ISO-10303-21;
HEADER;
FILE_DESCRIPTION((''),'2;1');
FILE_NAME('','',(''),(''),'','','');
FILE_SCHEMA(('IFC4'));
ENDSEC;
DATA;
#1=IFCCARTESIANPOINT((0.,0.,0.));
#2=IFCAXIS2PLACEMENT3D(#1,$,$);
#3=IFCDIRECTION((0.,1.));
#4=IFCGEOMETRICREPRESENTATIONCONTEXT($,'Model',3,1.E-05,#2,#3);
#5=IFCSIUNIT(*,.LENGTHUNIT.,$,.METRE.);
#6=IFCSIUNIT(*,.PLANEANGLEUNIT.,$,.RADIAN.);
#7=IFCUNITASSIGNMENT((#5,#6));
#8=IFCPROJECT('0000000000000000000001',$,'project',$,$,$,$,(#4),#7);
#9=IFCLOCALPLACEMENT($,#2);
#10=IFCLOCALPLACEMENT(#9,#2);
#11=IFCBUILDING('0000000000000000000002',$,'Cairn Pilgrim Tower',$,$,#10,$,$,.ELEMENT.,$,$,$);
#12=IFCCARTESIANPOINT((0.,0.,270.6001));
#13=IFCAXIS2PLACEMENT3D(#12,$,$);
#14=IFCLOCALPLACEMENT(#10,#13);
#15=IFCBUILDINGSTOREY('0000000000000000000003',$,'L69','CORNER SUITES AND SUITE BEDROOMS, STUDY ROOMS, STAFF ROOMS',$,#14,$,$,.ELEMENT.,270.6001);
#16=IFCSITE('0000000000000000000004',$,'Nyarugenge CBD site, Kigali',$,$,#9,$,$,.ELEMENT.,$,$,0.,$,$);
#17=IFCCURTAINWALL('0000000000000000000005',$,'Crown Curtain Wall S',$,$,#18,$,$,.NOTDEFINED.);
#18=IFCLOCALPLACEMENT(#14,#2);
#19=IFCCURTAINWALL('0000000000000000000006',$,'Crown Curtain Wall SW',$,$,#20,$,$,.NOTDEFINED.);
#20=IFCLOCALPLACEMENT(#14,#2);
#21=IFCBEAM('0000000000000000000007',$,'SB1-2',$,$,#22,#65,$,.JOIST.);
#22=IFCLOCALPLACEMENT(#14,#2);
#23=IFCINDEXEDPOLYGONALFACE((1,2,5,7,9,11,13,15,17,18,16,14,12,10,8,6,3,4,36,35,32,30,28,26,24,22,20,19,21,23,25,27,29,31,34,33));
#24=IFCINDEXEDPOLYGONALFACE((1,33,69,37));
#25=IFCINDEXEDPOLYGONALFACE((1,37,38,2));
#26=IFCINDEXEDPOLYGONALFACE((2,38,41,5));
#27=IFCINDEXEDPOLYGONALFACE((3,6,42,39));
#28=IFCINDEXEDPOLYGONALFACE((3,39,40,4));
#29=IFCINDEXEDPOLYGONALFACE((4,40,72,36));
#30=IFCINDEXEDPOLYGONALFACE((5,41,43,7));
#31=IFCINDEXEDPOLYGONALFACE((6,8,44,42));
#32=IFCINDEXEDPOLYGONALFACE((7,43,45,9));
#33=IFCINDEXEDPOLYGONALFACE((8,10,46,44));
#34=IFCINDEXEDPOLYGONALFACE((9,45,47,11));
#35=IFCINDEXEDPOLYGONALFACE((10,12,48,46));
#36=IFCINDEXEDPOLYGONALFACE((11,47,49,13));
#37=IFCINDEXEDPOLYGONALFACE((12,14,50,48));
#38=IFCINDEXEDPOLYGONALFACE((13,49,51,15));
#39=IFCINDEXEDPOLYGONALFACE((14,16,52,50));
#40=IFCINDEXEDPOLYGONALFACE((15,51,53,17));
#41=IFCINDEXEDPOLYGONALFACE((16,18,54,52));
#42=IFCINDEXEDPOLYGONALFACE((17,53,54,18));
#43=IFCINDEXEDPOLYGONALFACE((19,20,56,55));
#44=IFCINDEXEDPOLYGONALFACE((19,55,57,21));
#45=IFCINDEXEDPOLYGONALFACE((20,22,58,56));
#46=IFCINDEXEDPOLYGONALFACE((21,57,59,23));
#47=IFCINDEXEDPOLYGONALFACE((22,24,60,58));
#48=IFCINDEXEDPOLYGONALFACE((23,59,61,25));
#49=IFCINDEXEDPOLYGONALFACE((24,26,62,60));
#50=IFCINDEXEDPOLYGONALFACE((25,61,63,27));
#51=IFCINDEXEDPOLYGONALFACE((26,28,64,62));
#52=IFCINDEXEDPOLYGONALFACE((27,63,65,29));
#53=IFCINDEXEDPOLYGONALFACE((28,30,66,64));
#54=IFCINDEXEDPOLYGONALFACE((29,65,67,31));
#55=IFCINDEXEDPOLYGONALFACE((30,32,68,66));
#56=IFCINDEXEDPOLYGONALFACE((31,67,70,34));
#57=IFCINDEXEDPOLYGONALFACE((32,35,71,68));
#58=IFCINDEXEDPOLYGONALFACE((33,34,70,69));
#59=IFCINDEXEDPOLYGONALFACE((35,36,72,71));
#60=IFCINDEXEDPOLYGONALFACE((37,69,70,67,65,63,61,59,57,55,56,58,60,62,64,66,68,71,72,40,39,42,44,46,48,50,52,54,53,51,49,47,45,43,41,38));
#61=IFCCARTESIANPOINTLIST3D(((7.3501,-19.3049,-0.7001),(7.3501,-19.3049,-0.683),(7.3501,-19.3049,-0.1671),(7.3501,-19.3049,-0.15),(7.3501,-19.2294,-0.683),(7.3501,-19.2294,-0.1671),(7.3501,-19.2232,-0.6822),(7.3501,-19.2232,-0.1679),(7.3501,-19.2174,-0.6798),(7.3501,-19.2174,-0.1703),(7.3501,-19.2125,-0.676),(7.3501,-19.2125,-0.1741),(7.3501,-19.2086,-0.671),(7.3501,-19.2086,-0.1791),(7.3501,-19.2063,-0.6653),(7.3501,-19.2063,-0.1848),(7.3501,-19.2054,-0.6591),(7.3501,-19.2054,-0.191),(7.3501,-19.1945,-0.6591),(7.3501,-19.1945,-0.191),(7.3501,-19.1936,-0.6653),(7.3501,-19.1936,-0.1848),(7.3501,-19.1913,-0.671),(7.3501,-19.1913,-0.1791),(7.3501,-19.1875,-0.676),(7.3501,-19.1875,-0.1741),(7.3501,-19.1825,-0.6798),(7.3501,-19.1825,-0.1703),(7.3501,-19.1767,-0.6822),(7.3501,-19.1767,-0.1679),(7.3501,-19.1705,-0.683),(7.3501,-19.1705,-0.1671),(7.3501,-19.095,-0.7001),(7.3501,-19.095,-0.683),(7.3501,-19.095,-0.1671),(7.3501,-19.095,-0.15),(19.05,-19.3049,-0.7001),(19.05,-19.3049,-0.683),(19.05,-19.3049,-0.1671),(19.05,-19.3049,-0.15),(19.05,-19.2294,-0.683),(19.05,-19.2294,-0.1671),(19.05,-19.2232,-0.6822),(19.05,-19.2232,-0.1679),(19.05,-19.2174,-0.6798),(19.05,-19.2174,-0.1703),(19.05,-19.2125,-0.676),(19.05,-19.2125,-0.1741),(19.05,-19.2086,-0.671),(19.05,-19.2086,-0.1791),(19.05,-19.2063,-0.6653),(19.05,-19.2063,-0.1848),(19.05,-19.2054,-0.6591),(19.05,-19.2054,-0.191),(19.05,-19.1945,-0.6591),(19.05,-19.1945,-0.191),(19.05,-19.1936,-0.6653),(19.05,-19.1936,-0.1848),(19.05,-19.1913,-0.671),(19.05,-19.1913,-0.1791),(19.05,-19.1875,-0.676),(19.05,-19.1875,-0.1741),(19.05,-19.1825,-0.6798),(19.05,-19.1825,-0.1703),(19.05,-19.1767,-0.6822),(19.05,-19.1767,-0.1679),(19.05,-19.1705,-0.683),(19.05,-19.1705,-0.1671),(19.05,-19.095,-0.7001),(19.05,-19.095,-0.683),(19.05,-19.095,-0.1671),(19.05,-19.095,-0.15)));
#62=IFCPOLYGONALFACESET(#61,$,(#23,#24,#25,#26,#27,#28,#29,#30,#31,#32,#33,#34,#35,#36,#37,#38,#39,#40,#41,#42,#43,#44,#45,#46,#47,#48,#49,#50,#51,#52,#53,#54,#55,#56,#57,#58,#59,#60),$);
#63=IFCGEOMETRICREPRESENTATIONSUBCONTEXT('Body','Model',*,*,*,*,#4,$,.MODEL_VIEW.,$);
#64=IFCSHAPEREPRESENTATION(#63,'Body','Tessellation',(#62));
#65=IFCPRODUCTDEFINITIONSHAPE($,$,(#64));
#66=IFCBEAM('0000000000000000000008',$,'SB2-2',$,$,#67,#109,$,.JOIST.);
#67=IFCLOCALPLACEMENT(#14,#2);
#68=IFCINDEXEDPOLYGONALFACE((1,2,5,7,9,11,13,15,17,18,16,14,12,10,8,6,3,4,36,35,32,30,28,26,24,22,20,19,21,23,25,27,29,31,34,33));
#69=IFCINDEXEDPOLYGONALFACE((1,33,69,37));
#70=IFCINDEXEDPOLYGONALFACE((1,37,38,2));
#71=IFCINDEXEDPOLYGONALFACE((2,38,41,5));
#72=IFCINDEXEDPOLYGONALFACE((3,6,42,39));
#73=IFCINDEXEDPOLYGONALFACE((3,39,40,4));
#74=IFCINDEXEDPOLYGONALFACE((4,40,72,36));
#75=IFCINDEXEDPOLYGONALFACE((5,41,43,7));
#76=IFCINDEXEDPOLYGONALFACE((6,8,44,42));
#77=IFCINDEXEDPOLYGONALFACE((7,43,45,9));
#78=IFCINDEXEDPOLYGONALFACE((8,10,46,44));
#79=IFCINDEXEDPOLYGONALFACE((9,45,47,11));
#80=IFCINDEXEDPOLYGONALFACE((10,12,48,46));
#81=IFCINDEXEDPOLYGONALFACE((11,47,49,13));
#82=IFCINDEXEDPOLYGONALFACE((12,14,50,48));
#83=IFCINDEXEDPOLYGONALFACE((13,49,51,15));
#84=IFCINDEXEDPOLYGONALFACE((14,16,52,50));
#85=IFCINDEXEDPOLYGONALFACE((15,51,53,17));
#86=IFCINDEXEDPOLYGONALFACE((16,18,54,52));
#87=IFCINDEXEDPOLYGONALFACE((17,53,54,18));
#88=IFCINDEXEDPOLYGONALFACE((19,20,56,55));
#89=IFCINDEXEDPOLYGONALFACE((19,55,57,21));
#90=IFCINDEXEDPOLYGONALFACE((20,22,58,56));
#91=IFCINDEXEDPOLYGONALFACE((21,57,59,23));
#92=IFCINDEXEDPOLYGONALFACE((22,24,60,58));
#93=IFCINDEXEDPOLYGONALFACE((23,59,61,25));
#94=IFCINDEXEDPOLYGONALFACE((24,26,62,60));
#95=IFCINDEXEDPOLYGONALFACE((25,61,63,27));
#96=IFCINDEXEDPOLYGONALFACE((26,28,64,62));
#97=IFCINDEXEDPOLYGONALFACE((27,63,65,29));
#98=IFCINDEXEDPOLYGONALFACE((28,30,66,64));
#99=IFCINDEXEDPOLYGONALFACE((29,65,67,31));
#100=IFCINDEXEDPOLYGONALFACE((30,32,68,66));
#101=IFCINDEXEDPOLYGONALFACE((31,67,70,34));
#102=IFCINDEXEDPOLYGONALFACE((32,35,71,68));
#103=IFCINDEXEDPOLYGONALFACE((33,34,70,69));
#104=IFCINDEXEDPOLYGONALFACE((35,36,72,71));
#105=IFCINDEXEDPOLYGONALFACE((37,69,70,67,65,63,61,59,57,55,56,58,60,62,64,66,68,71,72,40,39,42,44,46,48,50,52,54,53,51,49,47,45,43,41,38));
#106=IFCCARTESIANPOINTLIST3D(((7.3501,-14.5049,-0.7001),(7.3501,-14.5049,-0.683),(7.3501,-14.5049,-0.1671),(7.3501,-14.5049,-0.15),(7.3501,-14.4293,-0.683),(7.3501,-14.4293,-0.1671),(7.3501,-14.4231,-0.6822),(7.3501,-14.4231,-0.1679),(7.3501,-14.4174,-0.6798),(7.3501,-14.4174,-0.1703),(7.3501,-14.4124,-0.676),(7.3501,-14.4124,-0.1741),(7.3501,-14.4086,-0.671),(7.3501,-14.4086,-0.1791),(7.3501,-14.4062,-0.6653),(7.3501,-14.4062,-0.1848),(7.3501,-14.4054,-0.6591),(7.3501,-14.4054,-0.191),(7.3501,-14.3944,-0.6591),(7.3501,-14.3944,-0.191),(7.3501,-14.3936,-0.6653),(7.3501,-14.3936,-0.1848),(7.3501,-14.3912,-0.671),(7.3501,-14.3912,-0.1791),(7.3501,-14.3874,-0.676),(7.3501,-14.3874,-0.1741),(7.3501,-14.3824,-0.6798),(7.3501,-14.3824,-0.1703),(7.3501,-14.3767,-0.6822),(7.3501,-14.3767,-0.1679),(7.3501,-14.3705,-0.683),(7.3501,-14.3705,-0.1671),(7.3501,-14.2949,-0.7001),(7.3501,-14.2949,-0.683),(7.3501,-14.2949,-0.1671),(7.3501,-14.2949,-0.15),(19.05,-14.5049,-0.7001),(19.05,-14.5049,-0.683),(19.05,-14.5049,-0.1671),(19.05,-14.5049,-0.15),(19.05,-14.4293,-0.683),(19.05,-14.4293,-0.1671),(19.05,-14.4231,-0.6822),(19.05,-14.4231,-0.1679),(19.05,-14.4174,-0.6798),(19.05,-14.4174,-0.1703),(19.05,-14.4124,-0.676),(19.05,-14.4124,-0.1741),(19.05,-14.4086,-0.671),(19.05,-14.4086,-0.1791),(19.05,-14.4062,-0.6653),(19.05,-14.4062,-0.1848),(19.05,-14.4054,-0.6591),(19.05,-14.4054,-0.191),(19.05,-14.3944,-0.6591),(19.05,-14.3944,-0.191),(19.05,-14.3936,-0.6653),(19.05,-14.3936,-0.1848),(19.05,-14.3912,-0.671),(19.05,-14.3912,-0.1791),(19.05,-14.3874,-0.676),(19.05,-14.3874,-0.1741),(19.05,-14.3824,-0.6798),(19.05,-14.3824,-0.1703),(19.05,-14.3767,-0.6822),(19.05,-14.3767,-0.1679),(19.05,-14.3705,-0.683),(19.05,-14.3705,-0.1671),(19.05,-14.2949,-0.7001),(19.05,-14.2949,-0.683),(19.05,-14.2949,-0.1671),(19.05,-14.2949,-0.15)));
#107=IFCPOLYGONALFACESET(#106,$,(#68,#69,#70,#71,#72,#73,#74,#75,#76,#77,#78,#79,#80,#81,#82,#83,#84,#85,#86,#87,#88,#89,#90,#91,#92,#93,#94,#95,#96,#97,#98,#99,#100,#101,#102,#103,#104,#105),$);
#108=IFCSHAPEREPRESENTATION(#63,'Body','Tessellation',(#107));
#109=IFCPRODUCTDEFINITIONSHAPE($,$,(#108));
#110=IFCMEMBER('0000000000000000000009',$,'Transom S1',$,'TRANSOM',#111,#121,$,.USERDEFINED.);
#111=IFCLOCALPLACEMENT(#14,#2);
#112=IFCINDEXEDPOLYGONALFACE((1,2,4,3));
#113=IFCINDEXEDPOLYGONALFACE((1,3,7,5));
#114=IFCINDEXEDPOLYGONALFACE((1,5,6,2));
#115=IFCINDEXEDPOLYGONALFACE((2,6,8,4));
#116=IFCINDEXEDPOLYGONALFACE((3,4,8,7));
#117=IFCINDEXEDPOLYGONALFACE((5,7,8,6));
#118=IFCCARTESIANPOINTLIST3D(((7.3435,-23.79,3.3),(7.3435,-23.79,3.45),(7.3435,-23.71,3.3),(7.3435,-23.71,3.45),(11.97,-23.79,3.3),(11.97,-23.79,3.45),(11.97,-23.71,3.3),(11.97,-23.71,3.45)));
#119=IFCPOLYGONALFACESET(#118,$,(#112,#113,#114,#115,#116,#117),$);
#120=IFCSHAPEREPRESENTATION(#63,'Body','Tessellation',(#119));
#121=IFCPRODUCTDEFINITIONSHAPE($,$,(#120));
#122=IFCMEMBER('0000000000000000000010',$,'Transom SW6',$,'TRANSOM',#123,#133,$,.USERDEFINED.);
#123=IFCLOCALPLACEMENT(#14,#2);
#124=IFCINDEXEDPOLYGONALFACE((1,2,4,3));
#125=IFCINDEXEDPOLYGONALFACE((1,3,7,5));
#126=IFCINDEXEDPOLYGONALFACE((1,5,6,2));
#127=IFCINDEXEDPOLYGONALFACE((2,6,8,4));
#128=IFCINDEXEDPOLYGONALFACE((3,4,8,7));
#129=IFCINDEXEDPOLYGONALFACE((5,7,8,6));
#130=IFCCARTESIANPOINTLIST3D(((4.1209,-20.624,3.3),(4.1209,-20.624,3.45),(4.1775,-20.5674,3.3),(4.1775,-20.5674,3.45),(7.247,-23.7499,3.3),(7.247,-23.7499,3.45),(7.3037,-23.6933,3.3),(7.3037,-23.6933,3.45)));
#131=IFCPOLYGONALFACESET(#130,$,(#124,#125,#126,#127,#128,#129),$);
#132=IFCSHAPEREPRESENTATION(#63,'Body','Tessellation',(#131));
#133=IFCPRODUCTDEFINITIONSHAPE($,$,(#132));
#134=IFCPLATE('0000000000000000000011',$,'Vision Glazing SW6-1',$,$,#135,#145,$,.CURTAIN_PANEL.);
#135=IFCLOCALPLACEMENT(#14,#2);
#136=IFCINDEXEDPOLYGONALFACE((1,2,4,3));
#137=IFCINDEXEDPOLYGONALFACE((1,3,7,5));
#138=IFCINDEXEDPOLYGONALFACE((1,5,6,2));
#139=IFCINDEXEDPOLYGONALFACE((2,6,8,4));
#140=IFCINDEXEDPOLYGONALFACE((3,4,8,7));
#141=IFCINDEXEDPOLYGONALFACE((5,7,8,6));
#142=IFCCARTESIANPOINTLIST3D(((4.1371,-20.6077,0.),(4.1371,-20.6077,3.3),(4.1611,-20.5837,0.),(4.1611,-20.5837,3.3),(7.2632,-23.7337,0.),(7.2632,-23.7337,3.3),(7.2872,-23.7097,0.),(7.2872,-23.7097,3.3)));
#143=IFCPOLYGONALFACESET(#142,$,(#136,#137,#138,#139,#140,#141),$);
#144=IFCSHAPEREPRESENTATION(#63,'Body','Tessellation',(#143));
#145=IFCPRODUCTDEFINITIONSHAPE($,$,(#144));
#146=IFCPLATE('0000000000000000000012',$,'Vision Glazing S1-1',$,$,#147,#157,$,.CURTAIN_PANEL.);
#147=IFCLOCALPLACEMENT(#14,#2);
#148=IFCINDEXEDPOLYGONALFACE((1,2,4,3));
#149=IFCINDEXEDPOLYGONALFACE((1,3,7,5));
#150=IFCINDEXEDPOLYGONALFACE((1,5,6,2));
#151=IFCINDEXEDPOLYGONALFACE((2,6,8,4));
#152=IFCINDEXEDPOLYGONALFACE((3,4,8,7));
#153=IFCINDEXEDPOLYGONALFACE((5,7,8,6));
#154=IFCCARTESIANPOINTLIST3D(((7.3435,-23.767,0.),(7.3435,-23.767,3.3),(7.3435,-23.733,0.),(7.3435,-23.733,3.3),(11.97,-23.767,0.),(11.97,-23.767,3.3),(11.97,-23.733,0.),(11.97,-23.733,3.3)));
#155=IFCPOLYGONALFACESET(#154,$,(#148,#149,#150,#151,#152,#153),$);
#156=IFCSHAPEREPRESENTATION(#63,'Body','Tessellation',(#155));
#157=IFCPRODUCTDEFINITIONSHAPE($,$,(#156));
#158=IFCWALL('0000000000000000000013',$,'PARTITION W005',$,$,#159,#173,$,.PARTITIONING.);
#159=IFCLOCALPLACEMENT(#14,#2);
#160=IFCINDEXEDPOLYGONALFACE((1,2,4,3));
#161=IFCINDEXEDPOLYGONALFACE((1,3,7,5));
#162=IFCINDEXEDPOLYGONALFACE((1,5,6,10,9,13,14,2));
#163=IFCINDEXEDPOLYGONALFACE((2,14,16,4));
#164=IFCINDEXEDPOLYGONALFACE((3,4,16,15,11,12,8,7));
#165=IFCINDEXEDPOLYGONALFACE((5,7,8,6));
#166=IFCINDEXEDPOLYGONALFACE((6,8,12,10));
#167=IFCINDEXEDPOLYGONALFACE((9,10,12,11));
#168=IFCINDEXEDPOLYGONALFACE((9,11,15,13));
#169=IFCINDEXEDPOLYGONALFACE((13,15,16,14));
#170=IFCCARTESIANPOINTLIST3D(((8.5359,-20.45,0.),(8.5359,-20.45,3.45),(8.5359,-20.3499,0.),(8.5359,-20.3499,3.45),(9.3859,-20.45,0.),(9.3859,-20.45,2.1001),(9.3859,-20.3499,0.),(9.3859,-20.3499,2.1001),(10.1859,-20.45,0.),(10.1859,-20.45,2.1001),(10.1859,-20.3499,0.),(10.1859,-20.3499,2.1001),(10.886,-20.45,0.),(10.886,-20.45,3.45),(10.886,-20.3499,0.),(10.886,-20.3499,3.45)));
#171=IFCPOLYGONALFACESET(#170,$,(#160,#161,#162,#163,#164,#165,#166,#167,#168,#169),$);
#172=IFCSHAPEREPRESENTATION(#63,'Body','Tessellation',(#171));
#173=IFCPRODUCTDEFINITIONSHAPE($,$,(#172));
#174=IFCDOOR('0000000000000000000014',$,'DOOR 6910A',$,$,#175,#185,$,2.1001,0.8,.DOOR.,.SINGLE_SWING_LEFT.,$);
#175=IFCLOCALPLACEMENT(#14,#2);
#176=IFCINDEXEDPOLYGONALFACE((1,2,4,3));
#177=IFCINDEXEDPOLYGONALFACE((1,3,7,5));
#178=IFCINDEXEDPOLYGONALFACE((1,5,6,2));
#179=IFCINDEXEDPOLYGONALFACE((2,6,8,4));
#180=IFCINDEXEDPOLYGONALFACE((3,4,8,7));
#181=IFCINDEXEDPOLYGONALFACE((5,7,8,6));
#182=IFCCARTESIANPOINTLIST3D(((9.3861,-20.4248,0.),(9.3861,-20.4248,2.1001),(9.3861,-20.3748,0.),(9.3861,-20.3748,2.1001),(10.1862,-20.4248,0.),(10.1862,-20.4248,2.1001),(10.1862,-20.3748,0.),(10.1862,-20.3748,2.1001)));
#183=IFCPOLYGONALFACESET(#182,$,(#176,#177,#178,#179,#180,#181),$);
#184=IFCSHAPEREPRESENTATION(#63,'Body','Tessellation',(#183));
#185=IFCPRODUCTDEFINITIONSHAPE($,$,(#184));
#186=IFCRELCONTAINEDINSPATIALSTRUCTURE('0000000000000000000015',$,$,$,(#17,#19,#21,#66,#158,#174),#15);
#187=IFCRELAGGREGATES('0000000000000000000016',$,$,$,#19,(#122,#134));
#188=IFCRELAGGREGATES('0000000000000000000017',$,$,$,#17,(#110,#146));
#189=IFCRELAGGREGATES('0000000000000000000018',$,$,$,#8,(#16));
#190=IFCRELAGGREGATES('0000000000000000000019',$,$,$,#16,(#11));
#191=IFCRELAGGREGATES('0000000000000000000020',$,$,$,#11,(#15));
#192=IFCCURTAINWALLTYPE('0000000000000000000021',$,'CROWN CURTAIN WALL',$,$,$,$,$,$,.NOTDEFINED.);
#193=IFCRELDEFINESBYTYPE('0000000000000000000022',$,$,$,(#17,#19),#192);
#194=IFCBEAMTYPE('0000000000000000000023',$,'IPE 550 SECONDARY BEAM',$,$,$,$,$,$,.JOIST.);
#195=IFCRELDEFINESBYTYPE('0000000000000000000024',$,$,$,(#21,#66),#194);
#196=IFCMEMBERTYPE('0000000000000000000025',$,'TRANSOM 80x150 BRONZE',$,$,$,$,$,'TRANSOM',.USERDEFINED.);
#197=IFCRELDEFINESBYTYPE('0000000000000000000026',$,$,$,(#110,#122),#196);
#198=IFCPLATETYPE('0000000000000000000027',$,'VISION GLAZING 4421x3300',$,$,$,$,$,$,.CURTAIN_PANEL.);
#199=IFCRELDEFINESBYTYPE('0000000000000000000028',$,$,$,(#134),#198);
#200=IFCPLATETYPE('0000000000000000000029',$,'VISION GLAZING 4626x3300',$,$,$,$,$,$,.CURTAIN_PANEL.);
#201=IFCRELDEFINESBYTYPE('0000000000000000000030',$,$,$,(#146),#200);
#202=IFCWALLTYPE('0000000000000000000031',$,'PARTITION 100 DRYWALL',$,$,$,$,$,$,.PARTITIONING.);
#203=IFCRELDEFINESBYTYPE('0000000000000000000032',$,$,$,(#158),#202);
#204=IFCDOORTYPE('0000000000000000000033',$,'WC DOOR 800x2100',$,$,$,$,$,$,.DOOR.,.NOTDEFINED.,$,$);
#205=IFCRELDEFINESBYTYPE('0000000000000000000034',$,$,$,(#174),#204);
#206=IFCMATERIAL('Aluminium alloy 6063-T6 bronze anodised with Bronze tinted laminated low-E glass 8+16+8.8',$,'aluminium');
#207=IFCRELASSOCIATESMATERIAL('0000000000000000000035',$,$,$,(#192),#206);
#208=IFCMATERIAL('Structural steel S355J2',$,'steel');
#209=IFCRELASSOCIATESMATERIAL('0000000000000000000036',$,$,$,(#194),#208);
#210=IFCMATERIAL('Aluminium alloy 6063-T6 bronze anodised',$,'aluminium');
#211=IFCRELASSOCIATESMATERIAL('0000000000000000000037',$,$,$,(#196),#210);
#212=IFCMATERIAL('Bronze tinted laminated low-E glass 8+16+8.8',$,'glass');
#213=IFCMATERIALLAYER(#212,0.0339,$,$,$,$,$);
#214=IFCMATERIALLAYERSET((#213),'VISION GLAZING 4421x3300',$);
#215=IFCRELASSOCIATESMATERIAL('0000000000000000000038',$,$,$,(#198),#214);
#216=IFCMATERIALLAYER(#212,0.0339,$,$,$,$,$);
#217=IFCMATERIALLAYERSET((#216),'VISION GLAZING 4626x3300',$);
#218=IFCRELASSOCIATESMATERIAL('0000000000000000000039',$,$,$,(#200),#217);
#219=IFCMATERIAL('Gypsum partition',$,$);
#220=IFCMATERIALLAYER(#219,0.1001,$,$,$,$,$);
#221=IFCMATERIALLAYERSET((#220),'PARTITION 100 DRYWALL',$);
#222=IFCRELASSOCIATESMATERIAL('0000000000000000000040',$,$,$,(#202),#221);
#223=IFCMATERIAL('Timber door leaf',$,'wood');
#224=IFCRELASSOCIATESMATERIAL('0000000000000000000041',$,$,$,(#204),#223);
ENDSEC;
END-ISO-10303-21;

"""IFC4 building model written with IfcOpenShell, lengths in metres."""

from ifc_helpers import new_model, si_unit, direction, frame, frame_2d, origin, origin_2d, place, context, subcontext, project, spatial, rectangle, i_section, extrude, material, layer, layer_set, material_profile, profile_set, type_object, element, fill, aggregate, save


model = new_model("IFC4")

# Units and contexts
model_context = context("Model", 3, precision=1e-05, world=origin(), true_north=direction((0.0, 1.0)))
body_context = subcontext(model_context, "Body", "Model", "MODEL_VIEW")
ifc_project = project(units=[si_unit("LENGTHUNIT", "METRE"), si_unit("PLANEANGLEUNIT", "RADIAN")], contexts=[model_context])

# Site, building, storey
site_placement = place(None, origin())
site = spatial("IfcSite", under=ifc_project, at=site_placement, Name="Nyarugenge CBD site, Kigali", CompositionType="ELEMENT", RefElevation=0.0)
building_placement = place(site_placement, origin())
building = spatial("IfcBuilding", under=site, at=building_placement, Name="Cairn Pilgrim Tower", CompositionType="ELEMENT")
storey_placement = place(building_placement, frame((0.0, 0.0, 270.6001)))
storey = spatial("IfcBuildingStorey", under=building, at=storey_placement, Name="L69", Description="CORNER SUITES AND SUITE BEDROOMS, STUDY ROOMS, STAFF ROOMS", CompositionType="ELEMENT", Elevation=270.6001)

# Shared definitions
ifc_material_1 = material(Name="Structural steel S355J2", Category="steel")

# Curtain walls
ifc_material_2 = material(Name="Aluminium alloy 6063-T6 bronze anodised with Bronze tinted laminated low-E glass 8+16+8.8", Category="aluminium")
curtain_wall_type = type_object("IfcCurtainWallType", Name="CROWN CURTAIN WALL", PredefinedType="NOTDEFINED", material=ifc_material_2)
curtain_wall_1_placement = place(storey_placement, origin())
curtain_wall_1 = element("IfcCurtainWall", 1, at=curtain_wall_1_placement, inside=storey, type_object=curtain_wall_type, Name="Crown Curtain Wall S", PredefinedType="NOTDEFINED")
ifc_material_3 = material(Name="Aluminium alloy 6063-T6 bronze anodised", Category="aluminium")
curtain_wall_2_placement = place(storey_placement, origin())
curtain_wall_2 = element("IfcCurtainWall", 2, at=curtain_wall_2_placement, inside=storey, type_object=curtain_wall_type, Name="Crown Curtain Wall SW", PredefinedType="NOTDEFINED")

# Beams
ifc_material_profile_1 = material_profile(ifc_material_1, i_section(OverallWidth=0.21, OverallDepth=0.55, WebThickness=0.011, FlangeThickness=0.0171, FilletRadius=0.0239, at=origin_2d()), Name="IPE 550")
ifc_profile_set_1 = profile_set([ifc_material_profile_1], Name="Structural steel S355J2")
beam_type_1 = type_object("IfcBeamType", Name="IPE 550 SECONDARY BEAM", PredefinedType="JOIST", material=ifc_profile_set_1)
for number, where, z_axis, x_axis, name in (
    (3, (7.3501, -19.2, -0.425), (1.0, 0.0, 0.0), (0.0, 1.0, 0.0), "SB1-2"),
    (4, (7.3501, -14.3999, -0.425), (1.0, 0.0, 0.0), (0.0, 1.0, 0.0), "SB2-2"),
):
    element("IfcBeam", number, at=place(storey_placement, frame(where, z_axis=z_axis, x_axis=x_axis)), inside=storey, type_object=beam_type_1, Name=name, PredefinedType="JOIST", context=body_context, shape_type="SweptSolid", body=[
        extrude(i_section(OverallWidth=0.21, OverallDepth=0.55, WebThickness=0.011, FlangeThickness=0.0171, FilletRadius=0.0239, at=origin_2d()), origin(), (0.0, 0.0, 1.0), 11.7),
    ])

# Members
ifc_material_profile_2 = material_profile(ifc_material_3, rectangle(XDim=0.0801, YDim=0.1499, at=origin_2d()), Name="TRANSOM 80x150 BRONZE")
ifc_profile_set_2 = profile_set([ifc_material_profile_2], Name="Aluminium alloy 6063-T6 bronze anodised")
member_type_1 = type_object("IfcMemberType", Name="TRANSOM 80x150 BRONZE", ElementType="TRANSOM", PredefinedType="USERDEFINED", material=ifc_profile_set_2)
member_1_placement = place(storey_placement, frame((7.3435, -23.75, 3.375), z_axis=(1.0, 0.0, 0.0), x_axis=(0.0, 1.0, 0.0)))
member_1 = element("IfcMember", 5, at=member_1_placement, type_object=member_type_1, Name="Transom S1", ObjectType="TRANSOM", PredefinedType="USERDEFINED", context=body_context, shape_type="SweptSolid", body=[
    extrude(rectangle(XDim=0.0801, YDim=0.1499, at=origin_2d()), origin(), (0.0, 0.0, 1.0), 4.6265),
])
member_2_placement = place(storey_placement, frame((4.1492, -20.5957, 3.375), z_axis=(0.707134, -0.707079, 0.0), x_axis=(0.707079, 0.707134, 0.0)))
member_2 = element("IfcMember", 6, at=member_2_placement, type_object=member_type_1, Name="Transom SW6", ObjectType="TRANSOM", PredefinedType="USERDEFINED", context=body_context, shape_type="SweptSolid", body=[
    extrude(rectangle(XDim=0.0801, YDim=0.1499, at=origin_2d()), origin(), (0.0, 0.0, 1.0), 4.4209),
])

# Plates
ifc_material_4 = material(Name="Bronze tinted laminated low-E glass 8+16+8.8", Category="glass")
ifc_layer_1 = layer(ifc_material_4, 0.0339)
ifc_layer_set_1 = layer_set([ifc_layer_1], Name="VISION GLAZING 4421x3300")
plate_type_1 = type_object("IfcPlateType", Name="VISION GLAZING 4421x3300", PredefinedType="CURTAIN_PANEL", material=ifc_layer_set_1)
plate_1_placement = place(storey_placement, frame((5.7122, -22.1587, 0.0), z_axis=(0.0, 0.0, 1.0), x_axis=(0.707107, -0.707107, 0.0)))
plate_1 = element("IfcPlate", 7, at=plate_1_placement, type_object=plate_type_1, Name="Vision Glazing SW6-1", PredefinedType="CURTAIN_PANEL", context=body_context, shape_type="SweptSolid", body=[
    extrude(rectangle(XDim=4.4209, YDim=0.0339, at=origin_2d()), origin(), (0.0, 0.0, 1.0), 3.3),
])
aggregate(curtain_wall_2, [member_2, plate_1])
ifc_layer_2 = layer(ifc_material_4, 0.0339)
ifc_layer_set_2 = layer_set([ifc_layer_2], Name="VISION GLAZING 4626x3300")
plate_type_2 = type_object("IfcPlateType", Name="VISION GLAZING 4626x3300", PredefinedType="CURTAIN_PANEL", material=ifc_layer_set_2)
plate_2_placement = place(storey_placement, frame((9.6567, -23.75, 0.0), z_axis=(0.0, 0.0, 1.0), x_axis=(1.0, 0.0, 0.0)))
plate_2 = element("IfcPlate", 8, at=plate_2_placement, type_object=plate_type_2, Name="Vision Glazing S1-1", PredefinedType="CURTAIN_PANEL", context=body_context, shape_type="SweptSolid", body=[
    extrude(rectangle(XDim=4.6265, YDim=0.0339, at=origin_2d()), origin(), (0.0, 0.0, 1.0), 3.3),
])
aggregate(curtain_wall_1, [member_1, plate_2])

# Wall, opening, door
ifc_material_5 = material(Name="Gypsum partition")
ifc_layer_3 = layer(ifc_material_5, 0.1001)
ifc_layer_set_3 = layer_set([ifc_layer_3], Name="PARTITION 100 DRYWALL")
wall_type_1 = type_object("IfcWallType", Name="PARTITION 100 DRYWALL", PredefinedType="PARTITIONING", material=ifc_layer_set_3)
wall_1_placement = place(storey_placement, frame((8.5359, -20.3999, 0.0), z_axis=(0.0, 0.0, 1.0), x_axis=(1.0, 0.0, 0.0)))
wall_1 = element("IfcWall", 9, at=wall_1_placement, inside=storey, type_object=wall_type_1, Name="PARTITION W005", PredefinedType="PARTITIONING", context=body_context, shape_type="SweptSolid", body=[
    extrude(rectangle(XDim=2.3501, YDim=0.1001, at=frame_2d((1.175, 0.0))), origin(), (0.0, 0.0, 1.0), 3.45),
])
opening_1_placement = place(wall_1_placement, frame((0.8501, 0.0, 0.0)))
opening_1 = element("IfcOpeningElement", 10, at=opening_1_placement, cuts=wall_1, PredefinedType="OPENING", context=body_context, shape_type="SweptSolid", body=[
    extrude(rectangle(XDim=0.8, YDim=2.1001, at=frame_2d((0.3999, 1.05))), frame((0.0, 0.0601, 0.0), z_axis=(0.0, -1.0, 0.0), x_axis=(1.0, 0.0, 0.0)), (0.0, 0.0, 1.0), 0.1201),
])
ifc_material_6 = material(Name="Timber door leaf", Category="wood")
door_type_1 = type_object("IfcDoorType", Name="WC DOOR 800x2100", OperationType="NOTDEFINED", PredefinedType="DOOR", material=ifc_material_6)
door_1_placement = place(opening_1_placement, frame((0.8, 0.0, 0.0), z_axis=(0.0, 0.0, 1.0), x_axis=(-1.0, 0.0, 0.0)))
door_1 = element("IfcDoor", 11, at=door_1_placement, inside=storey, type_object=door_type_1, Name="DOOR 6910A", OperationType="SINGLE_SWING_LEFT", OverallHeight=2.1001, OverallWidth=0.8, PredefinedType="DOOR", context=body_context, shape_type="SweptSolid", body=[
    extrude(rectangle(XDim=0.8, YDim=2.1001, at=frame_2d((0.3999, 1.05))), frame((0.0, 0.0249, 0.0), z_axis=(0.0, -1.0, 0.0), x_axis=(1.0, 0.0, 0.0)), (0.0, 0.0, 1.0), 0.05),
])
fill(opening_1, door_1)

save(model, "model.ifc")
